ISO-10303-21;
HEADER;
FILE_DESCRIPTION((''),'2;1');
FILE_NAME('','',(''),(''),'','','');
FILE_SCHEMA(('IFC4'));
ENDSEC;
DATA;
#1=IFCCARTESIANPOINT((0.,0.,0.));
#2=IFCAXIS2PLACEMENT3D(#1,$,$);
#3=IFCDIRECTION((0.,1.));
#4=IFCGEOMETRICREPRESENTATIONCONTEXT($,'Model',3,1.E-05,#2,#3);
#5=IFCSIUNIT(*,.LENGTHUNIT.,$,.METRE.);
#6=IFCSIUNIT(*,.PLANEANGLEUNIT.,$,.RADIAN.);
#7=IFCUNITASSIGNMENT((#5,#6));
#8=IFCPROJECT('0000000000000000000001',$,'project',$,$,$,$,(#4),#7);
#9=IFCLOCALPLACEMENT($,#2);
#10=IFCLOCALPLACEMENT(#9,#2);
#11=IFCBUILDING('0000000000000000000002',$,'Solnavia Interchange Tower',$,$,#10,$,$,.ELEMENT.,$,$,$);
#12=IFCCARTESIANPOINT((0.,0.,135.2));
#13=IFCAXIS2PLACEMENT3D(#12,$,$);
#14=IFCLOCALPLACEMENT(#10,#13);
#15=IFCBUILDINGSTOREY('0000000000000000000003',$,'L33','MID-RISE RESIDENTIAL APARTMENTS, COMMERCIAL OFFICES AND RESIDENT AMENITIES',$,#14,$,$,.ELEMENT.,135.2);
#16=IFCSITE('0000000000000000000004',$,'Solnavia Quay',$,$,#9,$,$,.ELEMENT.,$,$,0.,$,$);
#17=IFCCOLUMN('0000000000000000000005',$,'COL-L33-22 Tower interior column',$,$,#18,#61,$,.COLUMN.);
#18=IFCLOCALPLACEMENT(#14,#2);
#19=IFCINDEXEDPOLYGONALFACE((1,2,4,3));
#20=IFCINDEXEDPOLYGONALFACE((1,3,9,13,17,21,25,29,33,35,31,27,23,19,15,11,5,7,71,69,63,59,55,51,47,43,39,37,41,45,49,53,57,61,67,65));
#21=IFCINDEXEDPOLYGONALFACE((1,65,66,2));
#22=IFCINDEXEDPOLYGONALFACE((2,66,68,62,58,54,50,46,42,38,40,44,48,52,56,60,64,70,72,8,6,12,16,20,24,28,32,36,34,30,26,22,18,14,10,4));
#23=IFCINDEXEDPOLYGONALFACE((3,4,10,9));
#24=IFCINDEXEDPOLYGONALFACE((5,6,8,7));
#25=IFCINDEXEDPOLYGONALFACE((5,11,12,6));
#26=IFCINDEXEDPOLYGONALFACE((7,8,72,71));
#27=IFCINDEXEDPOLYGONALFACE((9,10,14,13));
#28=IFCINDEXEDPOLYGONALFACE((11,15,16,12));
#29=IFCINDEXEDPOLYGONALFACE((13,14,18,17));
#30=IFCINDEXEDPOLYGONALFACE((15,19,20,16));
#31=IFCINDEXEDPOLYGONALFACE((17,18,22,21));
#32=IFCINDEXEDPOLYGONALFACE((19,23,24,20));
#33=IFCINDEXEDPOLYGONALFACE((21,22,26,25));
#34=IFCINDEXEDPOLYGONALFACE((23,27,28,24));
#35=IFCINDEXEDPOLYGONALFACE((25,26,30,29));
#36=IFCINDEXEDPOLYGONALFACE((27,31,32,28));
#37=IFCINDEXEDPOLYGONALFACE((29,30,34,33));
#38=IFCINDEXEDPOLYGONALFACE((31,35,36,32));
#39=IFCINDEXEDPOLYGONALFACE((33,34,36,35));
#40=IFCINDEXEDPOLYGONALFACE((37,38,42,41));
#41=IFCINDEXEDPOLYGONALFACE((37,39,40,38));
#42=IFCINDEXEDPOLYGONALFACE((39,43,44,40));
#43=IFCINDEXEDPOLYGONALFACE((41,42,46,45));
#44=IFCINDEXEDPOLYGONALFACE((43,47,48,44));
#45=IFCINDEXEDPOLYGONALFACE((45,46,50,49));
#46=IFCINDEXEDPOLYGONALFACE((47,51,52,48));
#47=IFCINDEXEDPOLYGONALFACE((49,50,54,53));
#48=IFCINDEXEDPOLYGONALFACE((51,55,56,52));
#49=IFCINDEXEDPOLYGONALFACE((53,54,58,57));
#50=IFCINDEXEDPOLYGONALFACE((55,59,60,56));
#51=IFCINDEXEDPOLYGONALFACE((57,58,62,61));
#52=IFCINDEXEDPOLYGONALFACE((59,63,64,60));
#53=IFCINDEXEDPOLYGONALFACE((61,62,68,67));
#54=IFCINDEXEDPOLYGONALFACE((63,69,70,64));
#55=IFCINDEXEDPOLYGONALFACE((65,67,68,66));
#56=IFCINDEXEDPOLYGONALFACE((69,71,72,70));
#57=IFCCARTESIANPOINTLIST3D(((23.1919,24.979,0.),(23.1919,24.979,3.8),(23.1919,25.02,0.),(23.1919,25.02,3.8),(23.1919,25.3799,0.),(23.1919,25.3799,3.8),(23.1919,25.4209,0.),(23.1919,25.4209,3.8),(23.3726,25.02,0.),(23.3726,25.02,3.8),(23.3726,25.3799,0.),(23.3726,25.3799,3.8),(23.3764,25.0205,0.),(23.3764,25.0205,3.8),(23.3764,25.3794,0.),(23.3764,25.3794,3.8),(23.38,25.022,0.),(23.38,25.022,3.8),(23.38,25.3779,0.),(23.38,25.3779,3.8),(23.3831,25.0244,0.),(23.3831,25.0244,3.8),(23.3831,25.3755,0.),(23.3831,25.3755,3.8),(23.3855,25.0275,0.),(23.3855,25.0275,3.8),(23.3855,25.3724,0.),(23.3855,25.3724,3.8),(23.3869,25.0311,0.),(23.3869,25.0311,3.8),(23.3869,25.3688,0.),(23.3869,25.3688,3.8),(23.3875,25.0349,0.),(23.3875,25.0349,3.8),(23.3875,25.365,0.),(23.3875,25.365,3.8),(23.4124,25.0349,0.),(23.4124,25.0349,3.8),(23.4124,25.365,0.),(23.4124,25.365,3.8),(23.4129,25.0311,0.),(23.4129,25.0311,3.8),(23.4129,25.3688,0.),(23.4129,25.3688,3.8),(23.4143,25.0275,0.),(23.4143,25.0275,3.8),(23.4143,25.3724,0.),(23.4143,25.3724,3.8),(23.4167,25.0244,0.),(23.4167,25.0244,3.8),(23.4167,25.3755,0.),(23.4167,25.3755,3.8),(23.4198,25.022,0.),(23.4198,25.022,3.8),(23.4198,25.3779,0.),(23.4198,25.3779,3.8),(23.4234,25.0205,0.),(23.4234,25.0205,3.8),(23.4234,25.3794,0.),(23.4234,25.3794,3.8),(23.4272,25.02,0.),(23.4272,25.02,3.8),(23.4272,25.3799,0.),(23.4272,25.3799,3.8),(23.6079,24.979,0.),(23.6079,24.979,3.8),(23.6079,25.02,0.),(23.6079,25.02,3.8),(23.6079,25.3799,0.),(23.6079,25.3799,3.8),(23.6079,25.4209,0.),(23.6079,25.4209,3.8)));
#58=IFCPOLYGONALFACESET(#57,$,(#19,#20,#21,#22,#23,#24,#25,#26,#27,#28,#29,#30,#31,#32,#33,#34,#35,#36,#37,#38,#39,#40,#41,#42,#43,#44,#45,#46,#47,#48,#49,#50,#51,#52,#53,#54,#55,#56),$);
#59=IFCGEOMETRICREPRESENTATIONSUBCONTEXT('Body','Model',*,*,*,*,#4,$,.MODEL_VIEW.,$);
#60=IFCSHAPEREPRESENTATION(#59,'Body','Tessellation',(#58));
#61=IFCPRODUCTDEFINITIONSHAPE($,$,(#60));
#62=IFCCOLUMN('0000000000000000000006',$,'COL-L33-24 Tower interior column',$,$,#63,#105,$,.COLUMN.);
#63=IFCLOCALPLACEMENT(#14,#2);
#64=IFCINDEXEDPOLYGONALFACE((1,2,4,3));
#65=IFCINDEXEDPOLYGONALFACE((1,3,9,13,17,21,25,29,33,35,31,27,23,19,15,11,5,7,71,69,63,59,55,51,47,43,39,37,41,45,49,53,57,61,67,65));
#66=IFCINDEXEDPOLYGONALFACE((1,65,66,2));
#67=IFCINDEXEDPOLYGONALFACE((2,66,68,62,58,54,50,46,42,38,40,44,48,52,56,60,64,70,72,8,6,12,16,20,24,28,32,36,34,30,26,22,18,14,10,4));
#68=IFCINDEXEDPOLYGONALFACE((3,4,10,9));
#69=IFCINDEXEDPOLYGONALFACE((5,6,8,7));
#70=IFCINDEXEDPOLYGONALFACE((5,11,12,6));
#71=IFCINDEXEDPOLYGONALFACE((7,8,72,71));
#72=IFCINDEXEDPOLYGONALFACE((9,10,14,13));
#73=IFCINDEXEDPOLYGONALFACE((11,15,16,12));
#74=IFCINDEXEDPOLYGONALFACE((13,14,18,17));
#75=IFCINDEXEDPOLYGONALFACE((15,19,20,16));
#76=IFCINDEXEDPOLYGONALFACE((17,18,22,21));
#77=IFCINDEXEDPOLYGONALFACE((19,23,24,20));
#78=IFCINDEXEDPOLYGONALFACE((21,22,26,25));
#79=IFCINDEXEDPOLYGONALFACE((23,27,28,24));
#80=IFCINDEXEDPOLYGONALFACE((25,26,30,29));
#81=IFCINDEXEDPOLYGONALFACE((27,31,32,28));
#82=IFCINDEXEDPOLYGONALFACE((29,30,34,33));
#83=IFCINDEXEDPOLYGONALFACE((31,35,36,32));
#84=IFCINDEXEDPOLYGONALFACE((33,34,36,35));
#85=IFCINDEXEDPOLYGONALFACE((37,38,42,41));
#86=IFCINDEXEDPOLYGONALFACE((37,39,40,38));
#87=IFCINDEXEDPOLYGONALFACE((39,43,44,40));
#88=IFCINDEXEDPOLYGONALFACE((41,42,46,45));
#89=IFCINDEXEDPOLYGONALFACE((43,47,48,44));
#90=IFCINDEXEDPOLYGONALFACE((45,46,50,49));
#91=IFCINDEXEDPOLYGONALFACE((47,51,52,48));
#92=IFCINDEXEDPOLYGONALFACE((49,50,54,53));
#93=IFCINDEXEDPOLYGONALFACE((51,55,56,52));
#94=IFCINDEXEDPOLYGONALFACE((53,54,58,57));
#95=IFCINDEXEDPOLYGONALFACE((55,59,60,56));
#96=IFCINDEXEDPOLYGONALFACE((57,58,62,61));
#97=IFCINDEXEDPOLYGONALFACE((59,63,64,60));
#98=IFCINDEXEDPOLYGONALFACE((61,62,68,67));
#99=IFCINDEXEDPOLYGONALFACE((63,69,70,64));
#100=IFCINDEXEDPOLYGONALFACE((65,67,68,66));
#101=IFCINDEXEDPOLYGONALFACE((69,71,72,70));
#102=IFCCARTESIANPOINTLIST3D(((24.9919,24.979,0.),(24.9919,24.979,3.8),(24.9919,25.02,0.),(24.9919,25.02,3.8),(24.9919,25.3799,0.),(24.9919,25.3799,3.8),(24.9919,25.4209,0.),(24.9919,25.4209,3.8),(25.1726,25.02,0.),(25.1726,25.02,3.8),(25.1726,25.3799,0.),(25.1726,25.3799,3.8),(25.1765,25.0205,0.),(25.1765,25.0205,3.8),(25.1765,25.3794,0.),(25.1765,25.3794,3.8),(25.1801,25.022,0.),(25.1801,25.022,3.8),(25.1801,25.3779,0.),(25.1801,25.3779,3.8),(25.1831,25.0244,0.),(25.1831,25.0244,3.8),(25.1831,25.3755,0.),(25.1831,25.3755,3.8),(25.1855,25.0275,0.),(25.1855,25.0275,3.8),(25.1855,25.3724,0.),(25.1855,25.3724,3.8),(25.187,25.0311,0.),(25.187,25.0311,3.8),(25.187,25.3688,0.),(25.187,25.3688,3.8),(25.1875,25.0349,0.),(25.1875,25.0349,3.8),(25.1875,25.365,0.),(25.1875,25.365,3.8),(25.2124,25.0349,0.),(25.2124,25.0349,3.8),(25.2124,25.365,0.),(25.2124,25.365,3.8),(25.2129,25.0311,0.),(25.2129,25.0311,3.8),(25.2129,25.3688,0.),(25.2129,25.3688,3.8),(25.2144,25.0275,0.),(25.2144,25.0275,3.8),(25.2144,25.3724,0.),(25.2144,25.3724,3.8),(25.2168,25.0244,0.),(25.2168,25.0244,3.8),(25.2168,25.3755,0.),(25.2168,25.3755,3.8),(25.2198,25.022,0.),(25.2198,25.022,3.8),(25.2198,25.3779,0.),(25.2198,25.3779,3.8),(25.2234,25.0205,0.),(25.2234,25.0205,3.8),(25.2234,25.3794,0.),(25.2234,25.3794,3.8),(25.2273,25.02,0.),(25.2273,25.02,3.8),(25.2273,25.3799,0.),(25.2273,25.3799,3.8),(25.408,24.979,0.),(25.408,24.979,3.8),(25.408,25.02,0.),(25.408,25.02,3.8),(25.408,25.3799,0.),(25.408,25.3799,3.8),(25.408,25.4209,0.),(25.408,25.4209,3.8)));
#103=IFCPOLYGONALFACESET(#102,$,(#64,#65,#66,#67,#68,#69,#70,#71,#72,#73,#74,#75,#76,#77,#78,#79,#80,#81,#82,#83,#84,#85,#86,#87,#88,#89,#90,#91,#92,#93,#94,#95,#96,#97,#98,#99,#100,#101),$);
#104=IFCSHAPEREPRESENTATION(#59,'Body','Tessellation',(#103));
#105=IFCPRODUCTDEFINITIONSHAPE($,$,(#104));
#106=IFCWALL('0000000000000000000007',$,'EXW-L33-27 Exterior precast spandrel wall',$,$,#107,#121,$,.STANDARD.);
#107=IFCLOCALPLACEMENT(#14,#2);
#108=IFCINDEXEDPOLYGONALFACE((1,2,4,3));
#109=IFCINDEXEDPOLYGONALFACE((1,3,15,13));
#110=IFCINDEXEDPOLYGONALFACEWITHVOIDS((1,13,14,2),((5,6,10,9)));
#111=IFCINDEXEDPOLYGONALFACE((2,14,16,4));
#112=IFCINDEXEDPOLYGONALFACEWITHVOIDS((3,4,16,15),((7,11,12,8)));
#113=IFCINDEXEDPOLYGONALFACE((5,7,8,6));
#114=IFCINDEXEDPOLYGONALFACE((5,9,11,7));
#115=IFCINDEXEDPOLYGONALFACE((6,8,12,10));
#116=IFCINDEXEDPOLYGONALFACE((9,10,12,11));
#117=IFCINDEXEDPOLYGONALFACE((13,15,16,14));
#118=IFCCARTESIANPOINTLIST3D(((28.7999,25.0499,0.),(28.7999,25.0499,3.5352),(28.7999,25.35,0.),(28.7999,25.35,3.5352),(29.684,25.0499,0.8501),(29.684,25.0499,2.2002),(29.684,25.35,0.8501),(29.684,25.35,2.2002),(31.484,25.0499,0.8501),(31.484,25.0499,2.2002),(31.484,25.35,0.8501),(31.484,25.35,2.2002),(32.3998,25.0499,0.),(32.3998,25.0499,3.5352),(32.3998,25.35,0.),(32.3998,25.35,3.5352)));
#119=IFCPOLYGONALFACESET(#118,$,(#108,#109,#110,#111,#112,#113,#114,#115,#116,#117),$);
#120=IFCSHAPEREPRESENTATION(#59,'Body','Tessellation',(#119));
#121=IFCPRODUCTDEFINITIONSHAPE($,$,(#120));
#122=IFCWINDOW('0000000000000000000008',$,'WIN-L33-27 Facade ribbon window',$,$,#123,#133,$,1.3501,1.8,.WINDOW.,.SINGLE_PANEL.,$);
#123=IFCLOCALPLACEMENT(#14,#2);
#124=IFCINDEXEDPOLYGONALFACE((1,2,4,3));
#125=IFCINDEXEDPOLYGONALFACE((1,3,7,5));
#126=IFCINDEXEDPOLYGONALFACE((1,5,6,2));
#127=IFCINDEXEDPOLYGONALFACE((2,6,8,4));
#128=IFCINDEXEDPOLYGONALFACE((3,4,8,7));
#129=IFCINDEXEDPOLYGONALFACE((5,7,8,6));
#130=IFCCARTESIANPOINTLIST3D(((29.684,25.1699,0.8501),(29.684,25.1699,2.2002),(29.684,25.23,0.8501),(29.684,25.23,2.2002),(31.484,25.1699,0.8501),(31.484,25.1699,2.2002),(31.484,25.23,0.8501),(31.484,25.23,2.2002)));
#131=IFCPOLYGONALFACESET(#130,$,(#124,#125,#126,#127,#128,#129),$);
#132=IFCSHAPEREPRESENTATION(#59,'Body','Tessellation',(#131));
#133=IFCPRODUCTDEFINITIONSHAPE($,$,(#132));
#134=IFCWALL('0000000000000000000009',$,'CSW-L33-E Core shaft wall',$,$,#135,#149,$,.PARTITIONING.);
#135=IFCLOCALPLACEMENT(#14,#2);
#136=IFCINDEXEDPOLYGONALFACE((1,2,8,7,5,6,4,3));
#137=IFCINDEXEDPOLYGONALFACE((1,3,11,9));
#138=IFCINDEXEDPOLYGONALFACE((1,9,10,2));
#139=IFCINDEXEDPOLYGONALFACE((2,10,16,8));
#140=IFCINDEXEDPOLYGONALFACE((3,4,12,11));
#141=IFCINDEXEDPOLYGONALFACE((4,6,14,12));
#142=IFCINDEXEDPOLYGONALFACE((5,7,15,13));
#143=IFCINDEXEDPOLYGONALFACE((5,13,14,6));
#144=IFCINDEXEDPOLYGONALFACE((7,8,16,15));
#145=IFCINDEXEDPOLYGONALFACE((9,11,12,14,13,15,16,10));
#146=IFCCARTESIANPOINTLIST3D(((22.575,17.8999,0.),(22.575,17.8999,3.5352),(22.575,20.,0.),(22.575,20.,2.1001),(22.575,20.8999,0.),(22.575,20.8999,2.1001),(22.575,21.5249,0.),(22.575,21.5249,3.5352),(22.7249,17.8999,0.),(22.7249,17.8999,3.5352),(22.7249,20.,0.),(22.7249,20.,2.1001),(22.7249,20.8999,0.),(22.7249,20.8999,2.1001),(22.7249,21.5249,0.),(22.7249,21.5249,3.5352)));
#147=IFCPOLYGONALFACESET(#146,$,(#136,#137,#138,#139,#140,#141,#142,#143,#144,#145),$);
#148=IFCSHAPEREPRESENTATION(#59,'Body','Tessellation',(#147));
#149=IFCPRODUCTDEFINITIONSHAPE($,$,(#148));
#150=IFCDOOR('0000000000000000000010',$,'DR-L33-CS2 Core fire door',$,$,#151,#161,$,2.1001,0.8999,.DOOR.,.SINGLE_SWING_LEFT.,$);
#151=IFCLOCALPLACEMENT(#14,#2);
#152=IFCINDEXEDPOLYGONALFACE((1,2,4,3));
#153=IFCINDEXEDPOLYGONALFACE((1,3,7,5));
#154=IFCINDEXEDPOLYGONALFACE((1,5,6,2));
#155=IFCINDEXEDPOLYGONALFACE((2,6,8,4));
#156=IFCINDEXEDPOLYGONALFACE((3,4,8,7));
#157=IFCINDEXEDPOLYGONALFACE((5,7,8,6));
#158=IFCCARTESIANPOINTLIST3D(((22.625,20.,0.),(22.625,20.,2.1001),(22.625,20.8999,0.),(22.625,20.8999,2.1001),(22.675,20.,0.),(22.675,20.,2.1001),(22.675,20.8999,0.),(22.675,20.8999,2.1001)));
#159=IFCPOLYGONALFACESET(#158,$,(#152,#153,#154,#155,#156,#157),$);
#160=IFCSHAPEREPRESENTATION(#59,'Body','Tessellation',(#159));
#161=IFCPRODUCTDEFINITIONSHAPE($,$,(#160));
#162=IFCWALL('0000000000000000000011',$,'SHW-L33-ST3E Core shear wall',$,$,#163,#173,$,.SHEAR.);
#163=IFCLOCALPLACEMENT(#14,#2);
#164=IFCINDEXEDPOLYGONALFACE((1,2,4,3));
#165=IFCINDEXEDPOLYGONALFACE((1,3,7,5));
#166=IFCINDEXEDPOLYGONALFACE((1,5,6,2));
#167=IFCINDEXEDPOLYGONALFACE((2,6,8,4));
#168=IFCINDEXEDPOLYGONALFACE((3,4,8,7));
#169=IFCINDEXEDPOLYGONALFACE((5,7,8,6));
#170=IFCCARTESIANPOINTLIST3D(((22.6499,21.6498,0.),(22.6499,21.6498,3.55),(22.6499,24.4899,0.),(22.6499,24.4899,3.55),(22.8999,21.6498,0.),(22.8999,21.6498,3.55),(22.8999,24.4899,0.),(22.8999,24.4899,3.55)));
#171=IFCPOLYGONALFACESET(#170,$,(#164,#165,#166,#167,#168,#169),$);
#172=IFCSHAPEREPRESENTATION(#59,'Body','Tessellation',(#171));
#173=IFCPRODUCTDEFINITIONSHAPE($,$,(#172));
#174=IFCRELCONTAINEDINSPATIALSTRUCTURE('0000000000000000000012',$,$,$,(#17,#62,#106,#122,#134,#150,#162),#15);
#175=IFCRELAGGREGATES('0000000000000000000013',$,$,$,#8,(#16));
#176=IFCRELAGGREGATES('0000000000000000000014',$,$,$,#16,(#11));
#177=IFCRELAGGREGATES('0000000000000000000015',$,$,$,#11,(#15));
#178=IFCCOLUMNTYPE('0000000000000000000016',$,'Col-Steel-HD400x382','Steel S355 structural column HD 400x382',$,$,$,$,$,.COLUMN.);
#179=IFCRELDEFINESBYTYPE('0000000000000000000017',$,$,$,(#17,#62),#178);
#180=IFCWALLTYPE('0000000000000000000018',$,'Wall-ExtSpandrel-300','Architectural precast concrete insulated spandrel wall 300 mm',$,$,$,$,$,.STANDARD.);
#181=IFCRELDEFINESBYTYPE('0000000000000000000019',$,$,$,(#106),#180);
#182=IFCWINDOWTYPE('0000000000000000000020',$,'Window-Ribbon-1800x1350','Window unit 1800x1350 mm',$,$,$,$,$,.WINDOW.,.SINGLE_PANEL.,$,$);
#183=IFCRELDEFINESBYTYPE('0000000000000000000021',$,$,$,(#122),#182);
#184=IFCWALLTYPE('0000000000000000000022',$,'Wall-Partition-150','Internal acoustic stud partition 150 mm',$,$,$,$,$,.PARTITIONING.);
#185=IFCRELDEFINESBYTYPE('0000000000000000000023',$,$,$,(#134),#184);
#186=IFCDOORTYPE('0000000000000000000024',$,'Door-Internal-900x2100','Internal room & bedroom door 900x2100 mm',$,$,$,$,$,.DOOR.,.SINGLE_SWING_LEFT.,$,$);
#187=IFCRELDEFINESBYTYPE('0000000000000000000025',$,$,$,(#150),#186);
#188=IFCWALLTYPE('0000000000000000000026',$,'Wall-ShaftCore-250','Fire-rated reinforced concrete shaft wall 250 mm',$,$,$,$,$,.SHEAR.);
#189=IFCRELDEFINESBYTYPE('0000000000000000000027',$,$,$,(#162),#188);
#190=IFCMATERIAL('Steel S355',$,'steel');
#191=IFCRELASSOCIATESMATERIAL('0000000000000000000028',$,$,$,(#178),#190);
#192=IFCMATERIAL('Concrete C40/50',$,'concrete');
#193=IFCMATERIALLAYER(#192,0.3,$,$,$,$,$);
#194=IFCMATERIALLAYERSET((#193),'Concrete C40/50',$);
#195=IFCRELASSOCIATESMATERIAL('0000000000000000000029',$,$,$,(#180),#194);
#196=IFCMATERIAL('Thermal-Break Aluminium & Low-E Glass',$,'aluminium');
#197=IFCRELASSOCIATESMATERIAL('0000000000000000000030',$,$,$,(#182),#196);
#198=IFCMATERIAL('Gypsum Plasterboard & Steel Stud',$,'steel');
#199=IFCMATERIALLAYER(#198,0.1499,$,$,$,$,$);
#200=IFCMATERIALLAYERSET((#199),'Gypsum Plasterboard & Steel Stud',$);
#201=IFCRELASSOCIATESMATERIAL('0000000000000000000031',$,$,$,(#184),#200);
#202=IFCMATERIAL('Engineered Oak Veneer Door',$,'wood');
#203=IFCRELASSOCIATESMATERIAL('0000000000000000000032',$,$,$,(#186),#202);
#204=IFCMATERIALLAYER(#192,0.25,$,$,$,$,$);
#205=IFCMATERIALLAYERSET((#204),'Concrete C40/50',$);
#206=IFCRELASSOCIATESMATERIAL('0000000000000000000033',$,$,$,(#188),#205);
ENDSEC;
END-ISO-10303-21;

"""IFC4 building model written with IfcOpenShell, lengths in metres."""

from ifc_helpers import new_model, si_unit, direction, frame, frame_2d, origin, origin_2d, place, context, subcontext, project, spatial, rectangle, i_section, extrude, material, layer, layer_set, material_profile, profile_set, type_object, element, fill, save


model = new_model("IFC4")

# Units and contexts
model_context = context("Model", 3, precision=1e-05, world=origin(), true_north=direction((0.0, 1.0)))
body_context = subcontext(model_context, "Body", "Model", "MODEL_VIEW")
ifc_project = project(units=[si_unit("LENGTHUNIT", "METRE"), si_unit("PLANEANGLEUNIT", "RADIAN")], contexts=[model_context])

# Site, building, storey
site_placement = place(None, origin())
site = spatial("IfcSite", under=ifc_project, at=site_placement, Name="Solnavia Quay", CompositionType="ELEMENT", RefElevation=0.0)
building_placement = place(site_placement, origin())
building = spatial("IfcBuilding", under=site, at=building_placement, Name="Solnavia Interchange Tower", CompositionType="ELEMENT")
storey_placement = place(building_placement, frame((0.0, 0.0, 135.2)))
storey = spatial("IfcBuildingStorey", under=building, at=storey_placement, Name="L33", Description="MID-RISE RESIDENTIAL APARTMENTS, COMMERCIAL OFFICES AND RESIDENT AMENITIES", CompositionType="ELEMENT", Elevation=135.2)

# Columns
ifc_material_1 = material(Name="Steel S355", Category="steel")
ifc_material_profile = material_profile(ifc_material_1, i_section(OverallWidth=0.416, OverallDepth=0.4419, WebThickness=0.0249, FlangeThickness=0.041, FilletRadius=0.0149, at=origin_2d()), Name="HD 400x382")
ifc_profile_set = profile_set([ifc_material_profile], Name="Steel S355")
column_type = type_object("IfcColumnType", Name="Col-Steel-HD400x382", Description="Steel S355 structural column HD 400x382", PredefinedType="COLUMN", material=ifc_profile_set)
for number, where, z_axis, x_axis, name in (
    (1, (23.3999, 25.2, 0.0), (0.0, 0.0, 1.0), (1.0, 0.0, 0.0), "COL-L33-22 Tower interior column"),
    (2, (25.2, 25.2, 0.0), (0.0, 0.0, 1.0), (1.0, 0.0, 0.0), "COL-L33-24 Tower interior column"),
):
    element("IfcColumn", number, at=place(storey_placement, frame(where, z_axis=z_axis, x_axis=x_axis)), inside=storey, type_object=column_type, Name=name, PredefinedType="COLUMN", context=body_context, shape_type="SweptSolid", body=[
        extrude(i_section(OverallWidth=0.416, OverallDepth=0.4419, WebThickness=0.0249, FlangeThickness=0.041, FilletRadius=0.0149, at=origin_2d()), origin(), (0.0, 0.0, 1.0), 3.8),
    ])

# Wall, opening, window
ifc_material_2 = material(Name="Concrete C40/50", Category="concrete")
ifc_layer_1 = layer(ifc_material_2, 0.3)
ifc_layer_set_1 = layer_set([ifc_layer_1], Name="Concrete C40/50")
wall_type_1 = type_object("IfcWallType", Name="Wall-ExtSpandrel-300", Description="Architectural precast concrete insulated spandrel wall 300 mm", PredefinedType="STANDARD", material=ifc_layer_set_1)
wall_1_placement = place(storey_placement, frame((28.8, 25.2, 0.0), z_axis=(0.0, 0.0, 1.0), x_axis=(1.0, 0.0, 0.0)))
wall_1 = element("IfcWall", 3, at=wall_1_placement, inside=storey, type_object=wall_type_1, Name="EXW-L33-27 Exterior precast spandrel wall", PredefinedType="STANDARD", context=body_context, shape_type="SweptSolid", body=[
    extrude(rectangle(XDim=3.5999, YDim=0.3, at=frame_2d((1.7998, 0.0))), origin(), (0.0, 0.0, 1.0), 3.5352),
])
opening_1_placement = place(wall_1_placement, frame((0.884, 0.0, 0.8501)))
opening_1 = element("IfcOpeningElement", 4, at=opening_1_placement, cuts=wall_1, PredefinedType="OPENING", context=body_context, shape_type="SweptSolid", body=[
    extrude(rectangle(XDim=1.8, YDim=1.3501, at=frame_2d((0.8999, 0.675))), frame((0.0, 0.1602, 0.0), z_axis=(0.0, -1.0, 0.0), x_axis=(1.0, 0.0, 0.0)), (0.0, 0.0, 1.0), 0.3201),
])
ifc_material_3 = material(Name="Thermal-Break Aluminium & Low-E Glass", Category="aluminium")
window_type = type_object("IfcWindowType", Name="Window-Ribbon-1800x1350", Description="Window unit 1800x1350 mm", PartitioningType="SINGLE_PANEL", PredefinedType="WINDOW", material=ifc_material_3)
window_placement = place(opening_1_placement, origin())
window = element("IfcWindow", 5, at=window_placement, inside=storey, type_object=window_type, Name="WIN-L33-27 Facade ribbon window", OverallHeight=1.3501, OverallWidth=1.8, PartitioningType="SINGLE_PANEL", PredefinedType="WINDOW", context=body_context, shape_type="SweptSolid", body=[
    extrude(rectangle(XDim=1.8, YDim=1.3501, at=frame_2d((0.8999, 0.675))), frame((0.0, 0.03, 0.0), z_axis=(0.0, -1.0, 0.0), x_axis=(1.0, 0.0, 0.0)), (0.0, 0.0, 1.0), 0.0601),
])
fill(opening_1, window)

# Wall, opening, door
ifc_material_4 = material(Name="Gypsum Plasterboard & Steel Stud", Category="steel")
ifc_layer_2 = layer(ifc_material_4, 0.1499)
ifc_layer_set_2 = layer_set([ifc_layer_2], Name="Gypsum Plasterboard & Steel Stud")
wall_type_2 = type_object("IfcWallType", Name="Wall-Partition-150", Description="Internal acoustic stud partition 150 mm", PredefinedType="PARTITIONING", material=ifc_layer_set_2)
wall_2_placement = place(storey_placement, frame((22.6499, 17.8999, 0.0), z_axis=(0.0, 0.0, 1.0), x_axis=(0.0, 1.0, 0.0)))
wall_2 = element("IfcWall", 6, at=wall_2_placement, inside=storey, type_object=wall_type_2, Name="CSW-L33-E Core shaft wall", PredefinedType="PARTITIONING", context=body_context, shape_type="SweptSolid", body=[
    extrude(rectangle(XDim=3.625, YDim=0.1499, at=frame_2d((1.8125, 0.0))), origin(), (0.0, 0.0, 1.0), 3.5352),
])
opening_2_placement = place(wall_2_placement, frame((2.1001, 0.0, 0.0)))
opening_2 = element("IfcOpeningElement", 7, at=opening_2_placement, cuts=wall_2, PredefinedType="OPENING", context=body_context, shape_type="SweptSolid", body=[
    extrude(rectangle(XDim=0.8999, YDim=2.1001, at=frame_2d((0.45, 1.05))), frame((0.0, 0.085, 0.0), z_axis=(0.0, -1.0, 0.0), x_axis=(1.0, 0.0, 0.0)), (0.0, 0.0, 1.0), 0.1699),
])
ifc_material_5 = material(Name="Engineered Oak Veneer Door", Category="wood")
door_type_1 = type_object("IfcDoorType", Name="Door-Internal-900x2100", Description="Internal room & bedroom door 900x2100 mm", OperationType="SINGLE_SWING_LEFT", PredefinedType="DOOR", material=ifc_material_5)
door_1_placement = place(opening_2_placement, origin())
door_1 = element("IfcDoor", 8, at=door_1_placement, inside=storey, type_object=door_type_1, Name="DR-L33-CS2 Core fire door", OperationType="SINGLE_SWING_LEFT", OverallHeight=2.1001, OverallWidth=0.8999, PredefinedType="DOOR", context=body_context, shape_type="SweptSolid", body=[
    extrude(rectangle(XDim=0.8999, YDim=2.1001, at=frame_2d((0.45, 1.05))), frame((0.0, 0.0249, 0.0), z_axis=(0.0, -1.0, 0.0), x_axis=(1.0, 0.0, 0.0)), (0.0, 0.0, 1.0), 0.05),
])
fill(opening_2, door_1)

# Wall
ifc_layer_3 = layer(ifc_material_2, 0.25)
ifc_layer_set_3 = layer_set([ifc_layer_3], Name="Concrete C40/50")
wall_type_3 = type_object("IfcWallType", Name="Wall-ShaftCore-250", Description="Fire-rated reinforced concrete shaft wall 250 mm", PredefinedType="SHEAR", material=ifc_layer_set_3)
wall_3_placement = place(storey_placement, frame((22.7749, 21.6499, 0.0), z_axis=(0.0, 0.0, 1.0), x_axis=(0.0, 1.0, 0.0)))
element("IfcWall", 9, at=wall_3_placement, inside=storey, type_object=wall_type_3, Name="SHW-L33-ST3E Core shear wall", PredefinedType="SHEAR", context=body_context, shape_type="SweptSolid", body=[
    extrude(rectangle(XDim=2.8401, YDim=0.25, at=frame_2d((1.4199, 0.0))), origin(), (0.0, 0.0, 1.0), 3.55),
])

save(model, "model.ifc")
